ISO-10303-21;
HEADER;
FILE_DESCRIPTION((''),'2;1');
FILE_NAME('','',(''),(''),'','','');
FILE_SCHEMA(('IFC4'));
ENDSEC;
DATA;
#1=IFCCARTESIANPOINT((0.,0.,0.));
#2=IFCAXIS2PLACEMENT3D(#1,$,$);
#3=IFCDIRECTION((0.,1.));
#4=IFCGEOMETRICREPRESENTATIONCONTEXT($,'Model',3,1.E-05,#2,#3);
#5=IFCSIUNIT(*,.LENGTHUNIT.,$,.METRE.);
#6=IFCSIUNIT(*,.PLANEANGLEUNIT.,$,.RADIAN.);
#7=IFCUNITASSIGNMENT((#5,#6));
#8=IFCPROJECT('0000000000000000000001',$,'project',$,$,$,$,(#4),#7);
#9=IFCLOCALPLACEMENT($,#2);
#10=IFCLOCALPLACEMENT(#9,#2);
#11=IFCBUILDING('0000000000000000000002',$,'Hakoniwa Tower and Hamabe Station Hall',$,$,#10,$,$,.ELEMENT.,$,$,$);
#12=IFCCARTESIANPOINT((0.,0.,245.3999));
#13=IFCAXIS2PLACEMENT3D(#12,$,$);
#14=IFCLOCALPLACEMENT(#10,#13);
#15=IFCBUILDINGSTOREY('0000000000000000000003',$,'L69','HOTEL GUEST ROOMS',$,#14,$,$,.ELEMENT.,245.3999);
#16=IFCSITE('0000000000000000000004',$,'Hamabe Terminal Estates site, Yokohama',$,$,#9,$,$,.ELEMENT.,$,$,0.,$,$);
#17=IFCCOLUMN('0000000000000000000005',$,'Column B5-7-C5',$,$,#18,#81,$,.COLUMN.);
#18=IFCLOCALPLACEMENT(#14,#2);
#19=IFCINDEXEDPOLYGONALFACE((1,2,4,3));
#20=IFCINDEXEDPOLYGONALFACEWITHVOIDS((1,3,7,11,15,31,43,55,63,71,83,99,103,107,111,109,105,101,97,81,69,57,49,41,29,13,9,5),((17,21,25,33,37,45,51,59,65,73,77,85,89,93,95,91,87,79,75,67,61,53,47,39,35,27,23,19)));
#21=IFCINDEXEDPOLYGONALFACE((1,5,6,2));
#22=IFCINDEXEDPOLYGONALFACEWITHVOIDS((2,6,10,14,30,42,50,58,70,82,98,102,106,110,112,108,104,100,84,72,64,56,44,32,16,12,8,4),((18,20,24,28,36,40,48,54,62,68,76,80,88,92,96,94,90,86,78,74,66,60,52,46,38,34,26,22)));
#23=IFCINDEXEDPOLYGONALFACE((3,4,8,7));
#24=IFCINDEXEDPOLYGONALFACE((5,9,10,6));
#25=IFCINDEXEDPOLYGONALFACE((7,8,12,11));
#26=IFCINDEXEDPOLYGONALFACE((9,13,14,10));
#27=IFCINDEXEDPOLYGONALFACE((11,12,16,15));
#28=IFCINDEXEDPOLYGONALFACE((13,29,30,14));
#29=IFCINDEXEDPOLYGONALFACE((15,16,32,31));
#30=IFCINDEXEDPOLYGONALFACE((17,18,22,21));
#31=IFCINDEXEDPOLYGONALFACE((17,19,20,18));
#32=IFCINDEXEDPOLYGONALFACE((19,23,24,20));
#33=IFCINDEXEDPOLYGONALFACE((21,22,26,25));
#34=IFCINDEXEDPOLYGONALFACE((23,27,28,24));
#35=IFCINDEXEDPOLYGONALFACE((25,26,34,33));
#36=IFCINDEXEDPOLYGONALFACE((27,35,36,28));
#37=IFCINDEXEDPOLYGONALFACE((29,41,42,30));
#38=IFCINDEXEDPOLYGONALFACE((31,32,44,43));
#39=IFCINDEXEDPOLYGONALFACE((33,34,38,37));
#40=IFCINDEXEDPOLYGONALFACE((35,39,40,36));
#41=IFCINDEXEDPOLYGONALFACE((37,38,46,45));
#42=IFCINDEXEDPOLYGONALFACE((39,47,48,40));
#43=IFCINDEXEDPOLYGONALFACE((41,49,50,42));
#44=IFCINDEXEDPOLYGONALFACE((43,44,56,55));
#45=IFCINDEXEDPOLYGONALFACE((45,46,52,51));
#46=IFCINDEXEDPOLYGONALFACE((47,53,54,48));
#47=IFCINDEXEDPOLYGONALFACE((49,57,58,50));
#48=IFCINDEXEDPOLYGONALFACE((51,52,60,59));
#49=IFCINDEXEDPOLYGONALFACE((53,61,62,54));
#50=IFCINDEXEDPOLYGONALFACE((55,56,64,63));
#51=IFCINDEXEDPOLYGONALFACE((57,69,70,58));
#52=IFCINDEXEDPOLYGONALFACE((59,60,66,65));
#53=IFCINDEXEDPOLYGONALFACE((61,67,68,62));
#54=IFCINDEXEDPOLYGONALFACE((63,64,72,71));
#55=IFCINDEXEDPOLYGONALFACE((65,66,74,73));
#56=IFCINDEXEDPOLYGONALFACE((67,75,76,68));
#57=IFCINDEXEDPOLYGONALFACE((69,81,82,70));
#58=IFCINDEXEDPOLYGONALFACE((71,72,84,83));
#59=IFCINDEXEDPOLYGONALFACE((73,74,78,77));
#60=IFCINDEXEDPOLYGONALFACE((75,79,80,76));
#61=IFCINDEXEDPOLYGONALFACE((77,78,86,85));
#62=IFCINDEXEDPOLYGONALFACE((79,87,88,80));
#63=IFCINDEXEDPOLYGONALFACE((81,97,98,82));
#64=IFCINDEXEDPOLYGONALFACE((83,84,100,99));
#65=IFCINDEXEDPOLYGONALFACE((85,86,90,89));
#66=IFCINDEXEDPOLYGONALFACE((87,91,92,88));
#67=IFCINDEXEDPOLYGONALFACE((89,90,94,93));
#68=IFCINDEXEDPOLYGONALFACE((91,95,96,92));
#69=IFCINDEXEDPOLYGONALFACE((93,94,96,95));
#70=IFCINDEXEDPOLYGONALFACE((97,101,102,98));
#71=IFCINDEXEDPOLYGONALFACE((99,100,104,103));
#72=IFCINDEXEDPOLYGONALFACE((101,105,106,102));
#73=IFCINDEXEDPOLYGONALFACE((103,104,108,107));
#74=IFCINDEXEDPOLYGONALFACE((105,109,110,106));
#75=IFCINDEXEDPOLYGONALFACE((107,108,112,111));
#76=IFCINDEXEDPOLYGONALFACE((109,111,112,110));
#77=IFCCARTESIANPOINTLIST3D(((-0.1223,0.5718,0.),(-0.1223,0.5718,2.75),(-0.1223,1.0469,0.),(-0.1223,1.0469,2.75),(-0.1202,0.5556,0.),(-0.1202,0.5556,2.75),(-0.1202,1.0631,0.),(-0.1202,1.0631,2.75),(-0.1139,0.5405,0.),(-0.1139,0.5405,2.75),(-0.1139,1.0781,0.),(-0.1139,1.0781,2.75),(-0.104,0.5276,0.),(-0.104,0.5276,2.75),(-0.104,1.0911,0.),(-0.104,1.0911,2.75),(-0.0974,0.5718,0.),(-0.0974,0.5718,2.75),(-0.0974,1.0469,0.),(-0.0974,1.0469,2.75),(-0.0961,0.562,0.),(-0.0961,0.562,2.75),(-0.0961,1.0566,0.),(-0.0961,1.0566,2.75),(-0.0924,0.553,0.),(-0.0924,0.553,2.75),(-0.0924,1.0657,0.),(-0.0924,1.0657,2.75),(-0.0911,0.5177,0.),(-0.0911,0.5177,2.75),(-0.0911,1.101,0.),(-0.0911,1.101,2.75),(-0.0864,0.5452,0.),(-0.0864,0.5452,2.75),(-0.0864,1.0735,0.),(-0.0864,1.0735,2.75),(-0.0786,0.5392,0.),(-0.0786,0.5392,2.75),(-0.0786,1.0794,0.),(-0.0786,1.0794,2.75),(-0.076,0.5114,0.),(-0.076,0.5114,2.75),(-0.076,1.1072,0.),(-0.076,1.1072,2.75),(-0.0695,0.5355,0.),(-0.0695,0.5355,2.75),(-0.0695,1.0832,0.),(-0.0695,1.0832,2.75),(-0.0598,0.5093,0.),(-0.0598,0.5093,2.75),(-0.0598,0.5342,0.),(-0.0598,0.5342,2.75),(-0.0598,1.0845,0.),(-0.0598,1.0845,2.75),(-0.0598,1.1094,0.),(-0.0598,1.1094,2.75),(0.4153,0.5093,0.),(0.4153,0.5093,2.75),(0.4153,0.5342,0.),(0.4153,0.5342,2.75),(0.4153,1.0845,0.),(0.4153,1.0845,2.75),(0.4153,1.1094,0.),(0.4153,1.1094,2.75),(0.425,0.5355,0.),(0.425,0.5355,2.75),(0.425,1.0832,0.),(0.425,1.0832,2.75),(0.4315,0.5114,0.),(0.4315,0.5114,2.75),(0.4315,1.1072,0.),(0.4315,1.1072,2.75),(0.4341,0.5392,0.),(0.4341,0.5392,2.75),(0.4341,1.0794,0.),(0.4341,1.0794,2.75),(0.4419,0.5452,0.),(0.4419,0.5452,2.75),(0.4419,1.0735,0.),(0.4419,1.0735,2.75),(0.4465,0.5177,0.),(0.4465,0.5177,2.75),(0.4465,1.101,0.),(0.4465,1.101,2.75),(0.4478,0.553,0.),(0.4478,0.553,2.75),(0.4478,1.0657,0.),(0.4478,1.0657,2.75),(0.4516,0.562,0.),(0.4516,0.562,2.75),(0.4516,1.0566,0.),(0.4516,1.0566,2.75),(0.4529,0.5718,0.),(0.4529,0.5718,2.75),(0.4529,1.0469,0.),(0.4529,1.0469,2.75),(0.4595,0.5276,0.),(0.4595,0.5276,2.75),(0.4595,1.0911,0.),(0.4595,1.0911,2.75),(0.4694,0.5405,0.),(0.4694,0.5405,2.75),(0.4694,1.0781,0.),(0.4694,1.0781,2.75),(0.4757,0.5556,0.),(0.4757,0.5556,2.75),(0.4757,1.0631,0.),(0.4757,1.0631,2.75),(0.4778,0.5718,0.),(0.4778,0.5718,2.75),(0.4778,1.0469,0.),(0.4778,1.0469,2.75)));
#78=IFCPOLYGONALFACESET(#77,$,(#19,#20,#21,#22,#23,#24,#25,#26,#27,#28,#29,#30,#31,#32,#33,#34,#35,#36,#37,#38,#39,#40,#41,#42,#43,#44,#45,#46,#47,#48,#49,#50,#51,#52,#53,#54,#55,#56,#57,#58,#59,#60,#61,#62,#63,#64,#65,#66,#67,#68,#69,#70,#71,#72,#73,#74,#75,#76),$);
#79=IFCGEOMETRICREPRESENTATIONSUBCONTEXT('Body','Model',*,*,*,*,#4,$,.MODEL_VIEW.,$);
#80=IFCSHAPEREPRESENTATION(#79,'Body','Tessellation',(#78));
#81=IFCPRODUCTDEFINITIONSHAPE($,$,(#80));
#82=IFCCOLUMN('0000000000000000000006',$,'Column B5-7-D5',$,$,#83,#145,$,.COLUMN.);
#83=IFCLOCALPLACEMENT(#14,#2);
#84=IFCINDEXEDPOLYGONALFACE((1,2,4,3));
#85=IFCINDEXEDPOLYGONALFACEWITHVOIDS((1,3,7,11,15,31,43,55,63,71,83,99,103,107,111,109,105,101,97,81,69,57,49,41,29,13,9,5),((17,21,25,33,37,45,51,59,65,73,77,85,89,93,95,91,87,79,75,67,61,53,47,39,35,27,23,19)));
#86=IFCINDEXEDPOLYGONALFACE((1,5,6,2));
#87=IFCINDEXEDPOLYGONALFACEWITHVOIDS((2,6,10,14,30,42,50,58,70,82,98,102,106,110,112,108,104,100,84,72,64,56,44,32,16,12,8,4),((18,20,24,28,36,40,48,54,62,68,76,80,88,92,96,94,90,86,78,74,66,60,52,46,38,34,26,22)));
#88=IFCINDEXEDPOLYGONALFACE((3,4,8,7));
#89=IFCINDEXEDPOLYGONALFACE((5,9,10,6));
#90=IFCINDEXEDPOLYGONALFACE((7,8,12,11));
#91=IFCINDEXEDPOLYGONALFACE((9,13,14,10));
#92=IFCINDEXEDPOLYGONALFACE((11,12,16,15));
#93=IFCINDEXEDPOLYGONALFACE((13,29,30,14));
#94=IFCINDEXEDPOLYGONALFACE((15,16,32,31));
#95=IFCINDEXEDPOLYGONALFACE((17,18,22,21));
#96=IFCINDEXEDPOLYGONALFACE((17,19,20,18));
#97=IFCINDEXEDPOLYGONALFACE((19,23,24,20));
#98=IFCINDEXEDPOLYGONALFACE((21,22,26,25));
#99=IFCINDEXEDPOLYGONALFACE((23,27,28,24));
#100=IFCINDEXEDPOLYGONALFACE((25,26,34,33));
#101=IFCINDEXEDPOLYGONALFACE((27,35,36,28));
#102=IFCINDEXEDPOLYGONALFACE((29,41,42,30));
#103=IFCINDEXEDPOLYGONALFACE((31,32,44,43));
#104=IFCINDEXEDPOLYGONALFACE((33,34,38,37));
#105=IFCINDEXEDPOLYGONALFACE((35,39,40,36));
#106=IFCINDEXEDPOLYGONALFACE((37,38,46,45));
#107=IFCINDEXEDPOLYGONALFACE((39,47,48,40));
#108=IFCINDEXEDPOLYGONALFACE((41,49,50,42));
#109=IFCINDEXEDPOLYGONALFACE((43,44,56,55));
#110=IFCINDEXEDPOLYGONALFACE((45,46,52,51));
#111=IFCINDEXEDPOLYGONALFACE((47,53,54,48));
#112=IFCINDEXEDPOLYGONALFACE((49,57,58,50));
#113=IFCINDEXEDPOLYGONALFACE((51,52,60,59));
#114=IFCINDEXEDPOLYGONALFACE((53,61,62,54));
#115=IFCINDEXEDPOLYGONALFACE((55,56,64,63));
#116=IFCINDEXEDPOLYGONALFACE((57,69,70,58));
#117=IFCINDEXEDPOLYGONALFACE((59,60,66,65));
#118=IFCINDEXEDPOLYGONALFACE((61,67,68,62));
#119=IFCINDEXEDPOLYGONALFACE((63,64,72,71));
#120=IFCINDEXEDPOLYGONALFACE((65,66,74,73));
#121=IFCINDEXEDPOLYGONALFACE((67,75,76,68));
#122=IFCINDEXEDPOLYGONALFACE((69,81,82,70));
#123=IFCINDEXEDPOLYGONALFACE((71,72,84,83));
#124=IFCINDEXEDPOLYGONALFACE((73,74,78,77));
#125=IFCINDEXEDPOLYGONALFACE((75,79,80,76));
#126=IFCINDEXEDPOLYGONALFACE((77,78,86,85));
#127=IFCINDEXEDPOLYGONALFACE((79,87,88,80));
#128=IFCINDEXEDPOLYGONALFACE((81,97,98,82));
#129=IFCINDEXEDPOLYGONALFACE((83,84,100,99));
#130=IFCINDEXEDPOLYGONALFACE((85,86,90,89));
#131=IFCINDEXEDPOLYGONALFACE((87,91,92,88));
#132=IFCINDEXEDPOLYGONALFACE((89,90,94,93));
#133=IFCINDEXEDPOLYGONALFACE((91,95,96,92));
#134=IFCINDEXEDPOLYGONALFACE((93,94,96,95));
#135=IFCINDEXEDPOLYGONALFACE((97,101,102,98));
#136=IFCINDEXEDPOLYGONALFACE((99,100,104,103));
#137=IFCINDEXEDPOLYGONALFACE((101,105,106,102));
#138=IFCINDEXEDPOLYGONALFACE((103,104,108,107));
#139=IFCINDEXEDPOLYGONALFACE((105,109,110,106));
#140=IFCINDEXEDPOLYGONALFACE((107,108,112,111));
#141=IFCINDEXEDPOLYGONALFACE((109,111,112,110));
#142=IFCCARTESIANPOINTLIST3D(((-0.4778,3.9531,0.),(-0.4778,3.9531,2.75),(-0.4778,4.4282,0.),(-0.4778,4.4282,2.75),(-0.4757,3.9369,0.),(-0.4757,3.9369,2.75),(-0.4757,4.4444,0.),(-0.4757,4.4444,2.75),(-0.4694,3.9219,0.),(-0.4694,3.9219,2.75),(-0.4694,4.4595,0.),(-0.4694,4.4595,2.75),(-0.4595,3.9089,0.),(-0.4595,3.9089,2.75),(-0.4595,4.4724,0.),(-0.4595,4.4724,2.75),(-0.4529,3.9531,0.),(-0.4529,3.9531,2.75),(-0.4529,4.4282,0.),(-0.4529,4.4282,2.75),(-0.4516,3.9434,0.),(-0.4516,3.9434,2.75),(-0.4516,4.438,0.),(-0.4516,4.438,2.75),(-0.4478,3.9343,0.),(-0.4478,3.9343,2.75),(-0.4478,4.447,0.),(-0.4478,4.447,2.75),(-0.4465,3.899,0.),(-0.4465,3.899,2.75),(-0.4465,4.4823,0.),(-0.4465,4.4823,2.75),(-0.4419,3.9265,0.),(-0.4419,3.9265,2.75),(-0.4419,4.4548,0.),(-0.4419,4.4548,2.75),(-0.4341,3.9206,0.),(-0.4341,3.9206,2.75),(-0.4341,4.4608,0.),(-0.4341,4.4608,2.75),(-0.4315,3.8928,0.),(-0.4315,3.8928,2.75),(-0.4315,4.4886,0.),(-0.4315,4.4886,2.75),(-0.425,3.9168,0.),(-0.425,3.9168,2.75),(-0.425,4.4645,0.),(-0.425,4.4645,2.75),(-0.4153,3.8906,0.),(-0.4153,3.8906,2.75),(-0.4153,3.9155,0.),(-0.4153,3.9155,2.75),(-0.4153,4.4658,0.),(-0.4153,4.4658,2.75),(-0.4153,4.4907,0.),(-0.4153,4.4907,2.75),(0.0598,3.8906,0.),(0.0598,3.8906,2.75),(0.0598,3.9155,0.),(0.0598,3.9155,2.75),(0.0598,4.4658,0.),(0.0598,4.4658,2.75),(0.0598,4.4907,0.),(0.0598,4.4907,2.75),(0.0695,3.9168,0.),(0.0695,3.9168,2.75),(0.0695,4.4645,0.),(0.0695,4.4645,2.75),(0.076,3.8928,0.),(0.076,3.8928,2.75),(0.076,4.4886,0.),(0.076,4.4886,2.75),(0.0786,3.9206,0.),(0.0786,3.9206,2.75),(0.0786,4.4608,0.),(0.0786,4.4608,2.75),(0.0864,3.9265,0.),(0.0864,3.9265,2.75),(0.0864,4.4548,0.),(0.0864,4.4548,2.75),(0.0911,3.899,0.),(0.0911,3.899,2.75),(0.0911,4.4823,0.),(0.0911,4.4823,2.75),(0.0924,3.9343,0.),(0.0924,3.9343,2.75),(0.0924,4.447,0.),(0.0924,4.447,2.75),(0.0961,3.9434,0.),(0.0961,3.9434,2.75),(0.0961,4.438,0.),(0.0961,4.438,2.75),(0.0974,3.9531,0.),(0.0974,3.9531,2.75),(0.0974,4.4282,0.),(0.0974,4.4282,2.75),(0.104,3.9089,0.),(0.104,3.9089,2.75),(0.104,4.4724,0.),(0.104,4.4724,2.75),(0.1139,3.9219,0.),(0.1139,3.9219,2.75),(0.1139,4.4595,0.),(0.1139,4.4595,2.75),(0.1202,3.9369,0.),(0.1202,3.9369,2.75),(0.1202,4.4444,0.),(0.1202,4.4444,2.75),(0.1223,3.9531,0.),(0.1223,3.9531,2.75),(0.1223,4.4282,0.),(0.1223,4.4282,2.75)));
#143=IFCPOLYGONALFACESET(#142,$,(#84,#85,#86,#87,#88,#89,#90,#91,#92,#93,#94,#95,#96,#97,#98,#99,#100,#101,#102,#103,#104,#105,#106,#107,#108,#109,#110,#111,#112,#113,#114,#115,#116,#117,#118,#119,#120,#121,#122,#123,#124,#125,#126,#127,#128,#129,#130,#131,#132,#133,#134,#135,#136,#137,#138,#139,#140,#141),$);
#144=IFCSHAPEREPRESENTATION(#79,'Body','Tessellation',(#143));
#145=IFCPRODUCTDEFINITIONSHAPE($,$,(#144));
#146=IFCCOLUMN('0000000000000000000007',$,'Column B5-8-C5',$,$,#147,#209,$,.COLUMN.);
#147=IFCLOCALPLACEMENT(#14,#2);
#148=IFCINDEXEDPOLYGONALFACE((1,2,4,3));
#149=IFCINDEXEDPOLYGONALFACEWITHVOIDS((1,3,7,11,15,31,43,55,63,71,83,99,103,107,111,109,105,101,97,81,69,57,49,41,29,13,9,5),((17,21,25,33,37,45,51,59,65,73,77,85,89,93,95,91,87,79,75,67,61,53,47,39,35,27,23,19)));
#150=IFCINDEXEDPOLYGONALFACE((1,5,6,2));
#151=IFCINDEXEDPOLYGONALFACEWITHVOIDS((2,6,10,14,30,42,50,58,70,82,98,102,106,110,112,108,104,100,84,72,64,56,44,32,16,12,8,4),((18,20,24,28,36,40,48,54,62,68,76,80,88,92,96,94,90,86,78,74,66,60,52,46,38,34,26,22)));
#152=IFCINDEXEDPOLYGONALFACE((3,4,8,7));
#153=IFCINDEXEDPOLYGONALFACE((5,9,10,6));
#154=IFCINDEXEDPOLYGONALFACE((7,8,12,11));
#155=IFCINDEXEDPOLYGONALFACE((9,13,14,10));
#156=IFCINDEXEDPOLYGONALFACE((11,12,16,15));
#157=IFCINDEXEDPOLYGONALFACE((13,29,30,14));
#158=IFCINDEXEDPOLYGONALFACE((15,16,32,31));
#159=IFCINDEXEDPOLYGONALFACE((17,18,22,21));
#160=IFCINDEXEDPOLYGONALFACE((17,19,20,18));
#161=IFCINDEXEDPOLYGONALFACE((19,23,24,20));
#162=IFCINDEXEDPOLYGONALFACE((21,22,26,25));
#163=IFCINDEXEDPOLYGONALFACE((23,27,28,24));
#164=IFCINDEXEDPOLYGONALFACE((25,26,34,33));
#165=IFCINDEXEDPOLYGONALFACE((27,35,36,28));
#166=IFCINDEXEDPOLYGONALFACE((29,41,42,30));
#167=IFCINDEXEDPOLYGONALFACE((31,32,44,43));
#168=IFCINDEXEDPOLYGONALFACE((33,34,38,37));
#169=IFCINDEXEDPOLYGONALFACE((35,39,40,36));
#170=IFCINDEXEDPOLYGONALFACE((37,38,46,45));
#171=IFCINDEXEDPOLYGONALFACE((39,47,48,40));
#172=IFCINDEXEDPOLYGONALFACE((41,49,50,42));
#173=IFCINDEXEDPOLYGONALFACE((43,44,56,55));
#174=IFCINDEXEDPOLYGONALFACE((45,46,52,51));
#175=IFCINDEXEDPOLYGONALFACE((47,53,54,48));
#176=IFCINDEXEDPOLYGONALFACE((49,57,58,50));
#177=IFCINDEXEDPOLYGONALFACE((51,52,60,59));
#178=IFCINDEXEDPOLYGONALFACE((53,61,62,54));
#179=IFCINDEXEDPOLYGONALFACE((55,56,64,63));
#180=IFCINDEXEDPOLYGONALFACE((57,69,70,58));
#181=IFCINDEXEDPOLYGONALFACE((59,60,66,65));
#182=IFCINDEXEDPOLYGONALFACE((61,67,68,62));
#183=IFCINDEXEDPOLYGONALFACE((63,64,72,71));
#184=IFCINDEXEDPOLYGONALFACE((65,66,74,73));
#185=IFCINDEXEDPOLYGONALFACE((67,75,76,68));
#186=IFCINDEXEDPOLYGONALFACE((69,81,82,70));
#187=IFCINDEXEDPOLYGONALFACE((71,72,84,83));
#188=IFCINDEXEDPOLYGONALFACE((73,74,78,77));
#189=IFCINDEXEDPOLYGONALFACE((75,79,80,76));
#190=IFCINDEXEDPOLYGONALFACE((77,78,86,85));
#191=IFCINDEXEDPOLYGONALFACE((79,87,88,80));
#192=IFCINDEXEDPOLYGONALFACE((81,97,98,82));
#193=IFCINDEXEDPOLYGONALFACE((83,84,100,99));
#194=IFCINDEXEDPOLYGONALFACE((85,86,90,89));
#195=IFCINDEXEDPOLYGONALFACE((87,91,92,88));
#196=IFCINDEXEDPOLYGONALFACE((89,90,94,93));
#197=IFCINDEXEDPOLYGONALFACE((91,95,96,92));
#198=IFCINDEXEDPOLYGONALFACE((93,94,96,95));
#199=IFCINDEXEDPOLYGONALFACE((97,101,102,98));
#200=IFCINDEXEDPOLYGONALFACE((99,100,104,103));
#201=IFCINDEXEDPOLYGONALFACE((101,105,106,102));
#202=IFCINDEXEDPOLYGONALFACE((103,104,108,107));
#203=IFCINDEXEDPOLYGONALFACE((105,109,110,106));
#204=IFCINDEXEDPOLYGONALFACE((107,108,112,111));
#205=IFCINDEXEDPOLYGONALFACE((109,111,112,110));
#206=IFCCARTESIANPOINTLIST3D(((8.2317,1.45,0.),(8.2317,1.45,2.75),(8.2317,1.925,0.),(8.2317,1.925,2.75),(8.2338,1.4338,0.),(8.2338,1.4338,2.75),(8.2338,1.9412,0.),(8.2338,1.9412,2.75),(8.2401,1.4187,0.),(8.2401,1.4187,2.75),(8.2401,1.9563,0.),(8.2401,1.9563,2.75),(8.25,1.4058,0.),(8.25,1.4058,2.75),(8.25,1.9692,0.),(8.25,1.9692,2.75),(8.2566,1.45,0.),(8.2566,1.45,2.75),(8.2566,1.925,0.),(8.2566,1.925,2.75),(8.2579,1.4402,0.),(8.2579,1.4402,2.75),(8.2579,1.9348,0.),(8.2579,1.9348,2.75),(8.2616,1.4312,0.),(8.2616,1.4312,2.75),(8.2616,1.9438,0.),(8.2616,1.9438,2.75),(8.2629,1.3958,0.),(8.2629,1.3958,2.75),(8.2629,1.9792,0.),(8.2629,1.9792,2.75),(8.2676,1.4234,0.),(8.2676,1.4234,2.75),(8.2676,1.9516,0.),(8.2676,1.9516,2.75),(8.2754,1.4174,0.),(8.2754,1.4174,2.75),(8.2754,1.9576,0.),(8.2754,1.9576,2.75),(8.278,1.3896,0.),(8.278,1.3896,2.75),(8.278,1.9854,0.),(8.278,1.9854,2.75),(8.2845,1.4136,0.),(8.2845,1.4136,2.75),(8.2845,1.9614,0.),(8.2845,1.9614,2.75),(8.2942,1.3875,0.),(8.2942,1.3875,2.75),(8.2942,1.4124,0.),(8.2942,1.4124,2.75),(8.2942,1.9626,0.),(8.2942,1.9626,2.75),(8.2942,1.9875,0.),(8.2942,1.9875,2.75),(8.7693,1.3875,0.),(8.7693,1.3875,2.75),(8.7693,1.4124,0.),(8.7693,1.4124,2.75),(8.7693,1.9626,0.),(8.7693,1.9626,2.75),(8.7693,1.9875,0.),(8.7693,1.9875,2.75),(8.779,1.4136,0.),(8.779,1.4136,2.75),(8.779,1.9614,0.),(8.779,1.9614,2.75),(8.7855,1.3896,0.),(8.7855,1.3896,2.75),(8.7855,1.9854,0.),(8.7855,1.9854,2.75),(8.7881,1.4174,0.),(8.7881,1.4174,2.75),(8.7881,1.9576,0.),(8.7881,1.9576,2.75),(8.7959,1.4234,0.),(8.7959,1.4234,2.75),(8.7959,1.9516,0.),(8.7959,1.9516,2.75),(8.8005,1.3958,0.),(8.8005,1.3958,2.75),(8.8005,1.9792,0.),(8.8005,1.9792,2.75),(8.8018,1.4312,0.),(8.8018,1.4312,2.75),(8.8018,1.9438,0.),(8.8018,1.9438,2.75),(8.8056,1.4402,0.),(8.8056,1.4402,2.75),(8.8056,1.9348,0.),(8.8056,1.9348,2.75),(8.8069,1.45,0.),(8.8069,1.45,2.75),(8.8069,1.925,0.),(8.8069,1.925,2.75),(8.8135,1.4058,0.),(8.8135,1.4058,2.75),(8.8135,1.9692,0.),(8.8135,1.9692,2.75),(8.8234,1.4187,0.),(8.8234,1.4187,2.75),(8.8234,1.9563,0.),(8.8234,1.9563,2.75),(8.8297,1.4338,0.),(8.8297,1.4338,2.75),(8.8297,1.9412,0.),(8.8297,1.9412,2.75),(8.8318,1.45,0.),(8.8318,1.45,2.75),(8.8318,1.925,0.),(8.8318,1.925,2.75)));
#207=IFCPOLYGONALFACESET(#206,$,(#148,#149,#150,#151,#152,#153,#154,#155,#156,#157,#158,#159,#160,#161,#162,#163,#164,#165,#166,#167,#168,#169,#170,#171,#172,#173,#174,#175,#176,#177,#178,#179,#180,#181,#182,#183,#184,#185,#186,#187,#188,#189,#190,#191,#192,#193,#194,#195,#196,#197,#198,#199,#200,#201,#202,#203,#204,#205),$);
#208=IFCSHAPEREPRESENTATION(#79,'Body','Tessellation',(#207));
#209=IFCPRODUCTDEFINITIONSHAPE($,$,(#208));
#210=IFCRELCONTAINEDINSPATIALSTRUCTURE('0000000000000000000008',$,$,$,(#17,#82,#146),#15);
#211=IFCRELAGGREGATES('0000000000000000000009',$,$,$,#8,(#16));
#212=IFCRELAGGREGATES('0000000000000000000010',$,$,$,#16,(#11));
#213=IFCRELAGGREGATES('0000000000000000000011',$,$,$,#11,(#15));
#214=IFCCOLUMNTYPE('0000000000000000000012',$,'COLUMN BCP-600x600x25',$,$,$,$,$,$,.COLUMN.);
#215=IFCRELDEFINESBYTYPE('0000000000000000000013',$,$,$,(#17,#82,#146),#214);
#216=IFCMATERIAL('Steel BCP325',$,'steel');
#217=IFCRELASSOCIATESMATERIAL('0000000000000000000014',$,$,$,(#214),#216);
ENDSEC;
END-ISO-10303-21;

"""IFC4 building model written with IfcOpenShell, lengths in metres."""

from ifc_helpers import new_model, si_unit, direction, frame, origin, origin_2d, place, context, subcontext, project, spatial, hollow_rectangle, extrude, material, material_profile, profile_set, type_object, element, save


model = new_model("IFC4")

# Units and contexts
model_context = context("Model", 3, precision=1e-05, world=origin(), true_north=direction((0.0, 1.0)))
body_context = subcontext(model_context, "Body", "Model", "MODEL_VIEW")
ifc_project = project(units=[si_unit("LENGTHUNIT", "METRE"), si_unit("PLANEANGLEUNIT", "RADIAN")], contexts=[model_context])

# Site, building, storey
site_placement = place(None, origin())
site = spatial("IfcSite", under=ifc_project, at=site_placement, Name="Hamabe Terminal Estates site, Yokohama", CompositionType="ELEMENT", RefElevation=0.0)
building_placement = place(site_placement, origin())
building = spatial("IfcBuilding", under=site, at=building_placement, Name="Hakoniwa Tower and Hamabe Station Hall", CompositionType="ELEMENT")
storey_placement = place(building_placement, frame((0.0, 0.0, 245.3999)))
storey = spatial("IfcBuildingStorey", under=building, at=storey_placement, Name="L69", Description="HOTEL GUEST ROOMS", CompositionType="ELEMENT", Elevation=245.3999)

# Columns
ifc_material_1 = material(Name="Steel BCP325", Category="steel")
ifc_material_profile = material_profile(ifc_material_1, hollow_rectangle(XDim=0.6001, YDim=0.6001, WallThickness=0.0249, InnerFilletRadius=0.0376, OuterFilletRadius=0.0625, at=origin_2d()), Name="BCP-600x600x25")
ifc_profile_set = profile_set([ifc_material_profile], Name="Steel BCP325")
column_type = type_object("IfcColumnType", Name="COLUMN BCP-600x600x25", PredefinedType="COLUMN", material=ifc_profile_set)
for number, where, z_axis, x_axis, name in (
    (1, (0.1777, 0.8093, 0.0), (0.0, 0.0, 1.0), (1.0, 0.0, 0.0), "Column B5-7-C5"),
    (2, (-0.1777, 4.1907, 0.0), (0.0, 0.0, 1.0), (1.0, 0.0, 0.0), "Column B5-7-D5"),
    (3, (8.5317, 1.6875, 0.0), (0.0, 0.0, 1.0), (1.0, 0.0, 0.0), "Column B5-8-C5"),
):
    element("IfcColumn", number, at=place(storey_placement, frame(where, z_axis=z_axis, x_axis=x_axis)), inside=storey, type_object=column_type, Name=name, PredefinedType="COLUMN", context=body_context, shape_type="SweptSolid", body=[
        extrude(hollow_rectangle(XDim=0.6001, YDim=0.6001, WallThickness=0.0249, InnerFilletRadius=0.0376, OuterFilletRadius=0.0625, at=origin_2d()), origin(), (0.0, 0.0, 1.0), 2.75),
    ])

save(model, "model.ifc")
